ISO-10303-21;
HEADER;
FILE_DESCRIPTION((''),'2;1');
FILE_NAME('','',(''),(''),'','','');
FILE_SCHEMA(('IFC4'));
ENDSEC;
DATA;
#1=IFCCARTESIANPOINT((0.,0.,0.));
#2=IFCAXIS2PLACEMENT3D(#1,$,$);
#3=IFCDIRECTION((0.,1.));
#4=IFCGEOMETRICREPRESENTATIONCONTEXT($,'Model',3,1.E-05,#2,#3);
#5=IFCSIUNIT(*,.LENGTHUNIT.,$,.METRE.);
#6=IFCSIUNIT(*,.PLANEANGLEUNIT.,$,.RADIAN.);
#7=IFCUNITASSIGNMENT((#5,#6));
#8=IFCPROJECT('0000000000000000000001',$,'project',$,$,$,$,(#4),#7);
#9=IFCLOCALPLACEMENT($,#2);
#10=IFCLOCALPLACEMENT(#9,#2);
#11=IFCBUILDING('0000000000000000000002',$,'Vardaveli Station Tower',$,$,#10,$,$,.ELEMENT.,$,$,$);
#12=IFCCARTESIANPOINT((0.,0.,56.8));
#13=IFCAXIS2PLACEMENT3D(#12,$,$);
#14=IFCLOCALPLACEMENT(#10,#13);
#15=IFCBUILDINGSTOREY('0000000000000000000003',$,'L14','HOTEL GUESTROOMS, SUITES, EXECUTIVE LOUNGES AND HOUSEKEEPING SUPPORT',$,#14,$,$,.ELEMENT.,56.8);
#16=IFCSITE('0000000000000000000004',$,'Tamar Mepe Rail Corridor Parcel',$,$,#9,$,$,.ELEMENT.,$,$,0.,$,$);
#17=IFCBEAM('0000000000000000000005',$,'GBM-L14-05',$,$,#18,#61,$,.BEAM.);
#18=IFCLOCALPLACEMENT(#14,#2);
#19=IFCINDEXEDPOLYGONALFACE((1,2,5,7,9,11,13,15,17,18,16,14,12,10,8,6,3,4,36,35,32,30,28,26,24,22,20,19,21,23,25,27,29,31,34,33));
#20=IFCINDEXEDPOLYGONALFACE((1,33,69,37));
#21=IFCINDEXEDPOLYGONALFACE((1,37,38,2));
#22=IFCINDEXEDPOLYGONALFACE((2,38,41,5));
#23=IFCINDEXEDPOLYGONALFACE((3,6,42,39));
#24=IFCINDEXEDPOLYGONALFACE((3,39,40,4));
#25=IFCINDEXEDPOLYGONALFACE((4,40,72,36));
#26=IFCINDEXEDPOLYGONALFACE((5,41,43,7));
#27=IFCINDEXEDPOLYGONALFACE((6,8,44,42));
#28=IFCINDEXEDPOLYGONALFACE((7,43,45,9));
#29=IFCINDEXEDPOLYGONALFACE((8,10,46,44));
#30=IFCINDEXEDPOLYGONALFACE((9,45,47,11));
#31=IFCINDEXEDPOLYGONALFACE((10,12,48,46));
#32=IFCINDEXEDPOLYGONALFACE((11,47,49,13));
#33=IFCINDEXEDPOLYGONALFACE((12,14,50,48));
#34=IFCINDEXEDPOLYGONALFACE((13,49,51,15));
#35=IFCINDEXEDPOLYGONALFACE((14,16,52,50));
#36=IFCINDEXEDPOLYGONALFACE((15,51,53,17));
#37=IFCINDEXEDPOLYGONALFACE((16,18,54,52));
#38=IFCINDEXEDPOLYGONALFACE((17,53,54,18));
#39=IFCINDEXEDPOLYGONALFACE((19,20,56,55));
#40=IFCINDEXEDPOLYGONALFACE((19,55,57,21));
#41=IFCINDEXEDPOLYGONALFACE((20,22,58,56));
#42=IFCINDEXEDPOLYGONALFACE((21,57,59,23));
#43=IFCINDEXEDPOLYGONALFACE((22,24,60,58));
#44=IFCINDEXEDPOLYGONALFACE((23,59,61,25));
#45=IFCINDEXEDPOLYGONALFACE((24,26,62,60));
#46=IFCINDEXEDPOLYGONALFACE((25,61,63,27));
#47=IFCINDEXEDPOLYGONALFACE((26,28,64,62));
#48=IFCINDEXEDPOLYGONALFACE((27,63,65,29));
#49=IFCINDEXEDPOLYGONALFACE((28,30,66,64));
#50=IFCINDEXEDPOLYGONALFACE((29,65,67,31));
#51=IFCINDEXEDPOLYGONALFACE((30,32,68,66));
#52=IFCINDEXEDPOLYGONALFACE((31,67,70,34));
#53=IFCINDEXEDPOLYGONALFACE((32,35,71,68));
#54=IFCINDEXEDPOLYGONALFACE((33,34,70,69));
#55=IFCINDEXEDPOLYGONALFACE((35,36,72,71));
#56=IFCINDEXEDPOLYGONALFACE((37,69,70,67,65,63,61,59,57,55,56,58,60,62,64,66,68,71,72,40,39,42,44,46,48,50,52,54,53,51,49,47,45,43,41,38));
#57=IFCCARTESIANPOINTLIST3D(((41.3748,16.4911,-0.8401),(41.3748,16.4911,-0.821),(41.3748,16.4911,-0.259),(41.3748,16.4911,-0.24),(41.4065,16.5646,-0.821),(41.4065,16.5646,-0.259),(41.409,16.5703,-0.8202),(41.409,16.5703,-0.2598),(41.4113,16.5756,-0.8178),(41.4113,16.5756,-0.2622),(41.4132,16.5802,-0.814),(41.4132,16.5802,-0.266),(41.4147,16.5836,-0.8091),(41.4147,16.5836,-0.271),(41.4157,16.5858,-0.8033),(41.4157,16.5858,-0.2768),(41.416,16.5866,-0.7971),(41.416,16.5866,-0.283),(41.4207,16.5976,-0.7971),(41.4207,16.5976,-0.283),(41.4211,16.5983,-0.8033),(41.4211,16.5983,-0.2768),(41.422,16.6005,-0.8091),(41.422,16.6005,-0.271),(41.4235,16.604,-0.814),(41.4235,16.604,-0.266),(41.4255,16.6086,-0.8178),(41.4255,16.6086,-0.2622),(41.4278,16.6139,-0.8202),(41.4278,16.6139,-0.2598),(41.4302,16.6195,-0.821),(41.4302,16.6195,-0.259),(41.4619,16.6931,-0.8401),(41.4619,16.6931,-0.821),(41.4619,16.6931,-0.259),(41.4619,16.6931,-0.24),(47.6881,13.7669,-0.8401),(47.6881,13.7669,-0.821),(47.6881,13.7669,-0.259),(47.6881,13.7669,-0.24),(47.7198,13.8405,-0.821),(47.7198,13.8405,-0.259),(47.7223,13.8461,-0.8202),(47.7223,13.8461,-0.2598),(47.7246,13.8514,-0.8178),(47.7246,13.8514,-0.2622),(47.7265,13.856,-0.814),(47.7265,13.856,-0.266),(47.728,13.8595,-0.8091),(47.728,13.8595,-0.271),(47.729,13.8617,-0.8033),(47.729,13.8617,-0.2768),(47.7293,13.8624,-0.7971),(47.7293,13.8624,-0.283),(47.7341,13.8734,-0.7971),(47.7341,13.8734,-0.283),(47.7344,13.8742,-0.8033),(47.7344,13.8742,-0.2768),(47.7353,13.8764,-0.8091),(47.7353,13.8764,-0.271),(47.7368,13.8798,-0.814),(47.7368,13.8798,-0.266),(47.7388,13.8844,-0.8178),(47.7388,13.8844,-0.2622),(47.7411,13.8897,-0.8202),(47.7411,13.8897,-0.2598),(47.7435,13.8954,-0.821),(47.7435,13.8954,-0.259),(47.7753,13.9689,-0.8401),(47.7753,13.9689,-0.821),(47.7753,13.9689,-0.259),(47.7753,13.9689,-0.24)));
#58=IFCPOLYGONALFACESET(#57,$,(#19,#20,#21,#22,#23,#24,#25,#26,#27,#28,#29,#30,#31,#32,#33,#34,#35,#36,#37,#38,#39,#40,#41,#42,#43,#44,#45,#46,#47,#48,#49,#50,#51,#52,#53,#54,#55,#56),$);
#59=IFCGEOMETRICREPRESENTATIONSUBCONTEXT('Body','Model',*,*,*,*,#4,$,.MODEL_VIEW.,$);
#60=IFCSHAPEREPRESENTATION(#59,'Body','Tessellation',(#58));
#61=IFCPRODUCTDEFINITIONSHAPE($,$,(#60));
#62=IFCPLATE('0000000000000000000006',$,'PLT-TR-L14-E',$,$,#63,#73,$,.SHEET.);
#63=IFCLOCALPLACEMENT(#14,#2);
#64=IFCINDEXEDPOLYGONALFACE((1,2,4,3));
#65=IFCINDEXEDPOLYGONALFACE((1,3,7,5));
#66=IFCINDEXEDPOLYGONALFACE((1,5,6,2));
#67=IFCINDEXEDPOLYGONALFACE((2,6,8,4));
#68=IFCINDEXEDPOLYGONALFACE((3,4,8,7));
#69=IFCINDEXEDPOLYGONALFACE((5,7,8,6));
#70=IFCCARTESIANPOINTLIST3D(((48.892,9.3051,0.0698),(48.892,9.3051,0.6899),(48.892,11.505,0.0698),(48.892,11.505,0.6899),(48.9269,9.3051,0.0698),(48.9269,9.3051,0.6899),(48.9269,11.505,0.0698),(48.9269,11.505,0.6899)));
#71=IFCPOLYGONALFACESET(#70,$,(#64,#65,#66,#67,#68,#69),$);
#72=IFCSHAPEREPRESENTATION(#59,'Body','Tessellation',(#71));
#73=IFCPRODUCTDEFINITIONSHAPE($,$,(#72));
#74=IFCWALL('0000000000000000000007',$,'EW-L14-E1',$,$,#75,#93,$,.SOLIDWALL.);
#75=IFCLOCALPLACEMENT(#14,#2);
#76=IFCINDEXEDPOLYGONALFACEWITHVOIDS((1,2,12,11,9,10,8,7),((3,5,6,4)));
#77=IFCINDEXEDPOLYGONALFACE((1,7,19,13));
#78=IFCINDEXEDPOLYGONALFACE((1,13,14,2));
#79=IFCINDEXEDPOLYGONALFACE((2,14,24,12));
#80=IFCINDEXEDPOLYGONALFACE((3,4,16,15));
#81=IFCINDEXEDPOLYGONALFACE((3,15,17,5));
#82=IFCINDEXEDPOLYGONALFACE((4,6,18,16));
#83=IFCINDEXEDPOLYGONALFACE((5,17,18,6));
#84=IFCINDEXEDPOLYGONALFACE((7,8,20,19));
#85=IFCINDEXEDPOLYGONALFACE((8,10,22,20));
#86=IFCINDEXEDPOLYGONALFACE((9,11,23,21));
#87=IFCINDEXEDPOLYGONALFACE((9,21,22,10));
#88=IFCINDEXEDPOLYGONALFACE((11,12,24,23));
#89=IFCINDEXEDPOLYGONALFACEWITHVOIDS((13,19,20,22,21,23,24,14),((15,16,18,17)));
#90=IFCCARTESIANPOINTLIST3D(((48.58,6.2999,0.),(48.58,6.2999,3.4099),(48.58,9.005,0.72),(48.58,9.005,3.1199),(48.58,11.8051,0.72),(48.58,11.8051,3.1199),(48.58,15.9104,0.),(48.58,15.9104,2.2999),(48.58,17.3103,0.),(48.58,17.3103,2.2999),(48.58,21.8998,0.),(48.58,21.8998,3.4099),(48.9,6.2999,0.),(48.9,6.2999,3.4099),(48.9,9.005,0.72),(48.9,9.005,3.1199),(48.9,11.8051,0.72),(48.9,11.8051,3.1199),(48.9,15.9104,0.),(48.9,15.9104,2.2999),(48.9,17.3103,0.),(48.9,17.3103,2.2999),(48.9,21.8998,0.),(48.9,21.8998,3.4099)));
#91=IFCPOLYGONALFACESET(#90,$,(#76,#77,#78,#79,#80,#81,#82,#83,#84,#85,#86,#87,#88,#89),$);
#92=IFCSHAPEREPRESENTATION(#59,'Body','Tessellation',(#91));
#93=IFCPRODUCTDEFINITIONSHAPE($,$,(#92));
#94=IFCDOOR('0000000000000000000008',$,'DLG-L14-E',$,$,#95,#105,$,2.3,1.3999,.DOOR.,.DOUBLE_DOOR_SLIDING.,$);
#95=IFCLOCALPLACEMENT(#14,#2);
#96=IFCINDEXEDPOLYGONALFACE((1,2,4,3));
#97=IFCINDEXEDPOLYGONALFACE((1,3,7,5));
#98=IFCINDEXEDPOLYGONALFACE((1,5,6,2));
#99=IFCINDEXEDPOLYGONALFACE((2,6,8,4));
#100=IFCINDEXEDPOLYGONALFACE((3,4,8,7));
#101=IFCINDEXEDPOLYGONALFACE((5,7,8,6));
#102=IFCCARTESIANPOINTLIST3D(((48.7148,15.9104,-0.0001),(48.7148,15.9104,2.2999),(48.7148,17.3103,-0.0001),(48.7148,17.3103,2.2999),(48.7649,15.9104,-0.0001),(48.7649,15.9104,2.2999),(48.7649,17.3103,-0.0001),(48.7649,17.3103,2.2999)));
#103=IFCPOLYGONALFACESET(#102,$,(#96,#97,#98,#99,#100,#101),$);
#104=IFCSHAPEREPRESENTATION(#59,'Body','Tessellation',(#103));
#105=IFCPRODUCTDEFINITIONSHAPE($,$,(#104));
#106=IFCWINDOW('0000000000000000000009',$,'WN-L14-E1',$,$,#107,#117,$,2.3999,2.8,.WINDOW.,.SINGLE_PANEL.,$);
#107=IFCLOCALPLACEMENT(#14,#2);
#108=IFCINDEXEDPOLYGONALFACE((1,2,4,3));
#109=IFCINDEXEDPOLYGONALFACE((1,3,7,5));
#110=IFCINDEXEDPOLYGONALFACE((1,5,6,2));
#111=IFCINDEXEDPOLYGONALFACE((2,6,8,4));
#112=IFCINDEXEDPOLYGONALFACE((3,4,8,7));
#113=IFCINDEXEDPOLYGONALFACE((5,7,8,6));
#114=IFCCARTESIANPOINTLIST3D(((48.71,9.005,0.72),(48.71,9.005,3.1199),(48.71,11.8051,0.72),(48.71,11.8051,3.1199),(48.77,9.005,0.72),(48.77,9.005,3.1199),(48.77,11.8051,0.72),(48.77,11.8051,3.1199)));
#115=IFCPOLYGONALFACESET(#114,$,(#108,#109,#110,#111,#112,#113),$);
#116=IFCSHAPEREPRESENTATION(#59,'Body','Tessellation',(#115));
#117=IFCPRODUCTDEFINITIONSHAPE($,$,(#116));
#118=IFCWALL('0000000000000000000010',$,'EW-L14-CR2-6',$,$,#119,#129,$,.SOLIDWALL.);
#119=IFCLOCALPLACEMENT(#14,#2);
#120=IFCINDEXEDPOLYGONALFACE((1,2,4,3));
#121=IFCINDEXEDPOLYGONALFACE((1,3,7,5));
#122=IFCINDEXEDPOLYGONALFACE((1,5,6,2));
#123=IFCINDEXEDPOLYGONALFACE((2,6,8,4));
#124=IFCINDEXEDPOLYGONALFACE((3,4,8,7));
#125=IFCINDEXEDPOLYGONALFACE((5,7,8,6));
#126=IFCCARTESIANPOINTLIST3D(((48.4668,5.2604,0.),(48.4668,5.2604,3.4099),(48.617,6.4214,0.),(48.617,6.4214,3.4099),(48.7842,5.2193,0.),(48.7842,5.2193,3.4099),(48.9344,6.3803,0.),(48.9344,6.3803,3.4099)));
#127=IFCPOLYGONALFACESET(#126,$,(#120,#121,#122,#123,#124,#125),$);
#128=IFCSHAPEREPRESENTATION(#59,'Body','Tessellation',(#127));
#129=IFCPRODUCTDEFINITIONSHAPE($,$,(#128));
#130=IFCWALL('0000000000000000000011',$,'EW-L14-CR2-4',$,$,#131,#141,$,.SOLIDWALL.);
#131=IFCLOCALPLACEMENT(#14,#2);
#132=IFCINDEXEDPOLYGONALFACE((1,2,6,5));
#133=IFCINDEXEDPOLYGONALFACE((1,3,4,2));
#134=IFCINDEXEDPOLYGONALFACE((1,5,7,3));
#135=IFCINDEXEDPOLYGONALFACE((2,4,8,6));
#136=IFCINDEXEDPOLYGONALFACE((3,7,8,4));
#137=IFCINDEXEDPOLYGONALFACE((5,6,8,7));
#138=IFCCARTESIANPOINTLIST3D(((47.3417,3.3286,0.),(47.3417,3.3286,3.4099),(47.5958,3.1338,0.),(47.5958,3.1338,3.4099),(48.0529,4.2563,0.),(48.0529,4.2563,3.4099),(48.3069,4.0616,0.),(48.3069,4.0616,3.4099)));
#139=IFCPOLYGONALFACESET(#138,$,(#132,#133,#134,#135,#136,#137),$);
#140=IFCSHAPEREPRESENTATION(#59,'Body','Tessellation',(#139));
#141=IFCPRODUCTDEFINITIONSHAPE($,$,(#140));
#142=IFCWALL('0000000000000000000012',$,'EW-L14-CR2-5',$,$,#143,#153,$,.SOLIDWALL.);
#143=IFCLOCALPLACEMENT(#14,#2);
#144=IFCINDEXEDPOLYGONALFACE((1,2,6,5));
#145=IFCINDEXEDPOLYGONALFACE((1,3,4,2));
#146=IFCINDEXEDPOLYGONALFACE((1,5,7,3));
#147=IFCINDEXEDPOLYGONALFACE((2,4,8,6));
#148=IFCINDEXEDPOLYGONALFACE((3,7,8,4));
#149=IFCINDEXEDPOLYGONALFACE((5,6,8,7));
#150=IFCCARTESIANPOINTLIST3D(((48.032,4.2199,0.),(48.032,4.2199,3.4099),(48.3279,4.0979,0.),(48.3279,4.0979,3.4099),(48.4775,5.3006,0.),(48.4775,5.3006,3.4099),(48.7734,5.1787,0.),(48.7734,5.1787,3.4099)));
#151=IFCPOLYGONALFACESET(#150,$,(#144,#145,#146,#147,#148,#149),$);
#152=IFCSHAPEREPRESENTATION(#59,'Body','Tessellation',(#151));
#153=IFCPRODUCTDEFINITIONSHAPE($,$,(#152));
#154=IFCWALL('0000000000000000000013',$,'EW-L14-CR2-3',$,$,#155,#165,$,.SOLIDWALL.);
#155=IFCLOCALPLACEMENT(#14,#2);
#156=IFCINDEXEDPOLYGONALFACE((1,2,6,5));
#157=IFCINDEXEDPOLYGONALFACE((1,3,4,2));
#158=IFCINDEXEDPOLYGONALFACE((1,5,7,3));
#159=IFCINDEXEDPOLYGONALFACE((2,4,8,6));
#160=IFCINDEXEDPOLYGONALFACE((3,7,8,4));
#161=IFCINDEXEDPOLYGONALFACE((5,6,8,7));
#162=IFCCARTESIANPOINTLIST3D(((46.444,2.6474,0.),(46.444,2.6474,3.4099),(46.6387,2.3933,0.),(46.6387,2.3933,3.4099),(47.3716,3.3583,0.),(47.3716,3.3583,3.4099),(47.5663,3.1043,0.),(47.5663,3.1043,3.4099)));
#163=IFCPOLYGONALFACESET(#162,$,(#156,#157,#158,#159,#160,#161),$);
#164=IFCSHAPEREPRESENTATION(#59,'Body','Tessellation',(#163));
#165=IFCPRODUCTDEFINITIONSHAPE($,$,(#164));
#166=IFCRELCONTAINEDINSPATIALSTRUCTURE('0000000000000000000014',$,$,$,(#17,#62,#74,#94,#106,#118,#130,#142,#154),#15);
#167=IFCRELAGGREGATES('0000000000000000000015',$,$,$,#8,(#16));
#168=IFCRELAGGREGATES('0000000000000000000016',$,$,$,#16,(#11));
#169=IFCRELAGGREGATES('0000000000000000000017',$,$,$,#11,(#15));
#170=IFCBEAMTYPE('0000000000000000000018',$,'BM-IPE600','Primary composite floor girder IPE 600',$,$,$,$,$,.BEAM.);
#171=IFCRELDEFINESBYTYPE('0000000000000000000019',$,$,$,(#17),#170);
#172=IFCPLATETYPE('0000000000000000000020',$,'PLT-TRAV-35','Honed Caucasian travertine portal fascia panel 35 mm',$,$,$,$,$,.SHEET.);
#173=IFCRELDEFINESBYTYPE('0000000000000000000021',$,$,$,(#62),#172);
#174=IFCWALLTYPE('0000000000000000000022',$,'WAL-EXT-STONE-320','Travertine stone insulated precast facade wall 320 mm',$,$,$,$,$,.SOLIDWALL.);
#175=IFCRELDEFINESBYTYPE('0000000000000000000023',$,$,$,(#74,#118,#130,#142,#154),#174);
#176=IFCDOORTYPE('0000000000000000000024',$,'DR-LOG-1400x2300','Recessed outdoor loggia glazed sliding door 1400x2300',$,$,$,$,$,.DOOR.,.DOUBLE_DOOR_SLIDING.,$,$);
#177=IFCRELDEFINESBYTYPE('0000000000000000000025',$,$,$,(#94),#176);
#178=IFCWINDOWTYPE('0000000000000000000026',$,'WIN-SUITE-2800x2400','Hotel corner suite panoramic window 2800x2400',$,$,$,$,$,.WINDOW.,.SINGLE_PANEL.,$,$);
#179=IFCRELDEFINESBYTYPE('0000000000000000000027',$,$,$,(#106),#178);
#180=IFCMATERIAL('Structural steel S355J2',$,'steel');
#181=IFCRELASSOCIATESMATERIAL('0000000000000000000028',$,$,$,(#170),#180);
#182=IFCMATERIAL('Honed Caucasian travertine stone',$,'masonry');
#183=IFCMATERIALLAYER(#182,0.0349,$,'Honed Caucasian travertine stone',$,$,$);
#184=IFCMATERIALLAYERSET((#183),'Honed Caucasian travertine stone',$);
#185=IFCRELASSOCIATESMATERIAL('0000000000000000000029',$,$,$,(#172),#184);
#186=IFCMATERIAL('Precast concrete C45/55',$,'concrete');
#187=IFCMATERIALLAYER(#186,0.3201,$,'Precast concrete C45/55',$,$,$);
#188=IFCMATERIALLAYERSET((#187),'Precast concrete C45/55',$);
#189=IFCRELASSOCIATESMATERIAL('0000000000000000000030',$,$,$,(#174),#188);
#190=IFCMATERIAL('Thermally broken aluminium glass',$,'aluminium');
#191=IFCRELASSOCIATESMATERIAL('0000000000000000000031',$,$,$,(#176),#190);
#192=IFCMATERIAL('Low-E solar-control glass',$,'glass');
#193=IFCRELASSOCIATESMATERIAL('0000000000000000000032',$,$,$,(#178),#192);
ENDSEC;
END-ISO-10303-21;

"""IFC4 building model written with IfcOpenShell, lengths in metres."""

from ifc_helpers import new_model, si_unit, direction, frame, frame_2d, origin, origin_2d, place, context, subcontext, project, spatial, rectangle, i_section, extrude, source, transform, mapped, material, layer, layer_set, material_profile, profile_set, type_object, element, fill, save


model = new_model("IFC4")

# Units and contexts
model_context = context("Model", 3, precision=1e-05, world=origin(), true_north=direction((0.0, 1.0)))
body_context = subcontext(model_context, "Body", "Model", "MODEL_VIEW")
ifc_project = project(units=[si_unit("LENGTHUNIT", "METRE"), si_unit("PLANEANGLEUNIT", "RADIAN")], contexts=[model_context])

# Site, building, storey
site_placement = place(None, origin())
site = spatial("IfcSite", under=ifc_project, at=site_placement, Name="Tamar Mepe Rail Corridor Parcel", CompositionType="ELEMENT", RefElevation=0.0)
building_placement = place(site_placement, origin())
building = spatial("IfcBuilding", under=site, at=building_placement, Name="Vardaveli Station Tower", CompositionType="ELEMENT")
storey_placement = place(building_placement, frame((0.0, 0.0, 56.8)))
storey = spatial("IfcBuildingStorey", under=building, at=storey_placement, Name="L14", Description="HOTEL GUESTROOMS, SUITES, EXECUTIVE LOUNGES AND HOUSEKEEPING SUPPORT", CompositionType="ELEMENT", Elevation=56.8)

# Beam
ifc_material_1 = material(Name="Precast concrete C45/55", Category="concrete")
ifc_material_2 = material(Name="Structural steel S355J2", Category="steel")
ifc_material_profile_1 = material_profile(ifc_material_2, i_section(OverallWidth=0.22, OverallDepth=0.6001, WebThickness=0.012, FlangeThickness=0.019, FilletRadius=0.0239, at=origin_2d()), Name="IPE 600")
ifc_profile_set_1 = profile_set([ifc_material_profile_1], Name="Structural steel S355J2")
beam_type_1 = type_object("IfcBeamType", Name="BM-IPE600", Description="Primary composite floor girder IPE 600", PredefinedType="BEAM", material=ifc_profile_set_1)
shared_shape_1 = source(origin(), body_context, "Body", "SweptSolid", [
    extrude(i_section(OverallWidth=0.22, OverallDepth=0.6001, WebThickness=0.012, FlangeThickness=0.019, FilletRadius=0.0239, at=origin_2d()), origin(), (0.0, 0.0, 1.0), 6.876),
])
beam_1_placement = place(storey_placement, frame((47.7317, 13.8679, -0.54), z_axis=(-0.918171, 0.396185, 0.0), x_axis=(-0.396185, -0.918171, 0.0)))
element("IfcBeam", 1, at=beam_1_placement, inside=storey, type_object=beam_type_1, Name="GBM-L14-05", PredefinedType="BEAM", context=body_context, shape_type="MappedRepresentation", body=[
    mapped(shared_shape_1, transform((0.0, 0.0, 0.0), scale=1.0)),
])

# Plate
ifc_material_3 = material(Name="Honed Caucasian travertine stone", Category="masonry")
ifc_layer_1 = layer(ifc_material_3, 0.0349, Name="Honed Caucasian travertine stone")
ifc_layer_set_1 = layer_set([ifc_layer_1], Name="Honed Caucasian travertine stone")
plate_type = type_object("IfcPlateType", Name="PLT-TRAV-35", Description="Honed Caucasian travertine portal fascia panel 35 mm", PredefinedType="SHEET", material=ifc_layer_set_1)
shared_shape_2 = source(origin(), body_context, "Body", "SweptSolid", [
    extrude(rectangle(XDim=2.2, YDim=0.0349, at=origin_2d()), origin(), (0.0, 0.0, 1.0), 0.6201),
])
plate_placement = place(storey_placement, frame((48.9094, 10.405, 0.0698), z_axis=(0.0, 0.0, 1.0), x_axis=(0.0, 1.0, 0.0)))
element("IfcPlate", 2, at=plate_placement, inside=storey, type_object=plate_type, Name="PLT-TR-L14-E", PredefinedType="SHEET", context=body_context, shape_type="MappedRepresentation", body=[
    mapped(shared_shape_2, transform((0.0, 0.0, 0.0), scale=1.0)),
])

# Wall, openings, door, window
ifc_layer_2 = layer(ifc_material_1, 0.3201, Name="Precast concrete C45/55")
ifc_layer_set_2 = layer_set([ifc_layer_2], Name="Precast concrete C45/55")
wall_type_1 = type_object("IfcWallType", Name="WAL-EXT-STONE-320", Description="Travertine stone insulated precast facade wall 320 mm", PredefinedType="SOLIDWALL", material=ifc_layer_set_2)
shared_shape_3 = source(origin(), body_context, "Body", "SweptSolid", [
    extrude(rectangle(XDim=15.5999, YDim=0.3201, at=frame_2d((7.7998, 0.0))), origin(), (0.0, 0.0, 1.0), 3.4099),
])
wall_1_placement = place(storey_placement, frame((48.74, 6.3, 0.0), z_axis=(0.0, 0.0, 1.0), x_axis=(0.0, 1.0, 0.0)))
wall_1 = element("IfcWall", 3, at=wall_1_placement, inside=storey, type_object=wall_type_1, Name="EW-L14-E1", PredefinedType="SOLIDWALL", context=body_context, shape_type="MappedRepresentation", body=[
    mapped(shared_shape_3, transform((0.0, 0.0, 0.0), scale=1.0)),
])
shared_shape_4 = source(origin(), body_context, "Body", "SweptSolid", [
    extrude(rectangle(XDim=1.3999, YDim=2.3, at=frame_2d((0.7, 1.1499))), frame((0.0, 0.1699, 0.0), z_axis=(0.0, -1.0, 0.0), x_axis=(1.0, 0.0, 0.0)), (0.0, 0.0, 1.0), 0.3401),
])
opening_1_placement = place(wall_1_placement, frame((9.6104, 0.0, 0.0)))
opening_1 = element("IfcOpeningElement", 4, at=opening_1_placement, cuts=wall_1, PredefinedType="OPENING", context=body_context, shape_type="MappedRepresentation", body=[
    mapped(shared_shape_4, transform((0.0, 0.0, 0.0), scale=1.0)),
])
shared_shape_5 = source(origin(), body_context, "Body", "SweptSolid", [
    extrude(rectangle(XDim=2.8, YDim=2.3999, at=frame_2d((1.3999, 1.2))), frame((0.0, 0.1699, 0.0), z_axis=(0.0, -1.0, 0.0), x_axis=(1.0, 0.0, 0.0)), (0.0, 0.0, 1.0), 0.3401),
])
opening_2_placement = place(wall_1_placement, frame((2.7051, 0.0, 0.72)))
opening_2 = element("IfcOpeningElement", 5, at=opening_2_placement, cuts=wall_1, PredefinedType="OPENING", context=body_context, shape_type="MappedRepresentation", body=[
    mapped(shared_shape_5, transform((0.0, 0.0, 0.0), scale=1.0)),
])
ifc_material_4 = material(Name="Thermally broken aluminium glass", Category="aluminium")
door_type_1 = type_object("IfcDoorType", Name="DR-LOG-1400x2300", Description="Recessed outdoor loggia glazed sliding door 1400x2300", OperationType="DOUBLE_DOOR_SLIDING", PredefinedType="DOOR", material=ifc_material_4)
shared_shape_6 = source(origin(), body_context, "Body", "SweptSolid", [
    extrude(rectangle(XDim=1.3999, YDim=2.3, at=frame_2d((0.7, 1.1499))), frame((0.0, 0.0249, 0.0), z_axis=(0.0, -1.0, 0.0), x_axis=(1.0, 0.0, 0.0)), (0.0, 0.0, 1.0), 0.05),
])
door_1_placement = place(opening_1_placement, frame((1.3999, 0.0, 0.0), z_axis=(0.0, 0.0, 1.0), x_axis=(-1.0, 0.0, 0.0)))
door_1 = element("IfcDoor", 6, at=door_1_placement, inside=storey, type_object=door_type_1, Name="DLG-L14-E", OperationType="DOUBLE_DOOR_SLIDING", OverallHeight=2.3, OverallWidth=1.3999, PredefinedType="DOOR", context=body_context, shape_type="MappedRepresentation", body=[
    mapped(shared_shape_6, transform((0.0, 0.0, 0.0), scale=1.0)),
])
fill(opening_1, door_1)
ifc_material_5 = material(Name="Low-E solar-control glass", Category="glass")
window_type = type_object("IfcWindowType", Name="WIN-SUITE-2800x2400", Description="Hotel corner suite panoramic window 2800x2400", PartitioningType="SINGLE_PANEL", PredefinedType="WINDOW", material=ifc_material_5)
shared_shape_7 = source(origin(), body_context, "Body", "SweptSolid", [
    extrude(rectangle(XDim=2.8, YDim=2.3999, at=frame_2d((1.3999, 1.2))), frame((0.0, 0.03, 0.0), z_axis=(0.0, -1.0, 0.0), x_axis=(1.0, 0.0, 0.0)), (0.0, 0.0, 1.0), 0.0601),
])
window_placement = place(opening_2_placement, origin())
window = element("IfcWindow", 7, at=window_placement, inside=storey, type_object=window_type, Name="WN-L14-E1", OverallHeight=2.3999, OverallWidth=2.8, PartitioningType="SINGLE_PANEL", PredefinedType="WINDOW", context=body_context, shape_type="MappedRepresentation", body=[
    mapped(shared_shape_7, transform((0.0, 0.0, 0.0), scale=1.0)),
])
fill(opening_2, window)

# Walls
shared_shape_8 = source(origin(), body_context, "Body", "SweptSolid", [
    extrude(rectangle(XDim=1.1707, YDim=0.3201, at=frame_2d((0.5854, 0.0))), origin(), (0.0, 0.0, 1.0), 3.4099),
])
wall_2_placement = place(storey_placement, frame((48.6255, 5.2397, 0.0), z_axis=(0.0, 0.0, 1.0), x_axis=(0.128269, 0.991739, 0.0)))
element("IfcWall", 8, at=wall_2_placement, inside=storey, type_object=wall_type_1, Name="EW-L14-CR2-6", PredefinedType="SOLIDWALL", context=body_context, shape_type="MappedRepresentation", body=[
    mapped(shared_shape_8, transform((0.0, 0.0, 0.0), scale=1.0)),
])
shared_shape_9 = source(origin(), body_context, "Body", "SweptSolid", [
    extrude(rectangle(XDim=1.1689, YDim=0.3201, at=frame_2d((0.5845, 0.0))), origin(), (0.0, 0.0, 1.0), 3.4099),
])
for number, where, z_axis, x_axis, name in (
    (9, (47.4688, 3.2312, 0.0), (0.0, 0.0, 1.0), (0.608388, 0.79364, 0.0), "EW-L14-CR2-4"),
    (10, (48.1799, 4.1589, 0.0), (0.0, 0.0, 1.0), (0.381128, 0.924522, 0.0), "EW-L14-CR2-5"),
):
    element("IfcWall", number, at=place(storey_placement, frame(where, z_axis=z_axis, x_axis=x_axis)), inside=storey, type_object=wall_type_1, Name=name, PredefinedType="SOLIDWALL", context=body_context, shape_type="MappedRepresentation", body=[
        mapped(shared_shape_9, transform((0.0, 0.0, 0.0), scale=1.0)),
    ])
shared_shape_10 = source(origin(), body_context, "Body", "SweptSolid", [
    extrude(rectangle(XDim=1.1687, YDim=0.3201, at=frame_2d((0.5845, 0.0))), origin(), (0.0, 0.0, 1.0), 3.4099),
])
wall_3_placement = place(storey_placement, frame((46.5413, 2.5203, 0.0), z_axis=(0.0, 0.0, 1.0), x_axis=(0.793664, 0.608357, 0.0)))
element("IfcWall", 11, at=wall_3_placement, inside=storey, type_object=wall_type_1, Name="EW-L14-CR2-3", PredefinedType="SOLIDWALL", context=body_context, shape_type="MappedRepresentation", body=[
    mapped(shared_shape_10, transform((0.0, 0.0, 0.0), scale=1.0)),
])

save(model, "model.ifc")
